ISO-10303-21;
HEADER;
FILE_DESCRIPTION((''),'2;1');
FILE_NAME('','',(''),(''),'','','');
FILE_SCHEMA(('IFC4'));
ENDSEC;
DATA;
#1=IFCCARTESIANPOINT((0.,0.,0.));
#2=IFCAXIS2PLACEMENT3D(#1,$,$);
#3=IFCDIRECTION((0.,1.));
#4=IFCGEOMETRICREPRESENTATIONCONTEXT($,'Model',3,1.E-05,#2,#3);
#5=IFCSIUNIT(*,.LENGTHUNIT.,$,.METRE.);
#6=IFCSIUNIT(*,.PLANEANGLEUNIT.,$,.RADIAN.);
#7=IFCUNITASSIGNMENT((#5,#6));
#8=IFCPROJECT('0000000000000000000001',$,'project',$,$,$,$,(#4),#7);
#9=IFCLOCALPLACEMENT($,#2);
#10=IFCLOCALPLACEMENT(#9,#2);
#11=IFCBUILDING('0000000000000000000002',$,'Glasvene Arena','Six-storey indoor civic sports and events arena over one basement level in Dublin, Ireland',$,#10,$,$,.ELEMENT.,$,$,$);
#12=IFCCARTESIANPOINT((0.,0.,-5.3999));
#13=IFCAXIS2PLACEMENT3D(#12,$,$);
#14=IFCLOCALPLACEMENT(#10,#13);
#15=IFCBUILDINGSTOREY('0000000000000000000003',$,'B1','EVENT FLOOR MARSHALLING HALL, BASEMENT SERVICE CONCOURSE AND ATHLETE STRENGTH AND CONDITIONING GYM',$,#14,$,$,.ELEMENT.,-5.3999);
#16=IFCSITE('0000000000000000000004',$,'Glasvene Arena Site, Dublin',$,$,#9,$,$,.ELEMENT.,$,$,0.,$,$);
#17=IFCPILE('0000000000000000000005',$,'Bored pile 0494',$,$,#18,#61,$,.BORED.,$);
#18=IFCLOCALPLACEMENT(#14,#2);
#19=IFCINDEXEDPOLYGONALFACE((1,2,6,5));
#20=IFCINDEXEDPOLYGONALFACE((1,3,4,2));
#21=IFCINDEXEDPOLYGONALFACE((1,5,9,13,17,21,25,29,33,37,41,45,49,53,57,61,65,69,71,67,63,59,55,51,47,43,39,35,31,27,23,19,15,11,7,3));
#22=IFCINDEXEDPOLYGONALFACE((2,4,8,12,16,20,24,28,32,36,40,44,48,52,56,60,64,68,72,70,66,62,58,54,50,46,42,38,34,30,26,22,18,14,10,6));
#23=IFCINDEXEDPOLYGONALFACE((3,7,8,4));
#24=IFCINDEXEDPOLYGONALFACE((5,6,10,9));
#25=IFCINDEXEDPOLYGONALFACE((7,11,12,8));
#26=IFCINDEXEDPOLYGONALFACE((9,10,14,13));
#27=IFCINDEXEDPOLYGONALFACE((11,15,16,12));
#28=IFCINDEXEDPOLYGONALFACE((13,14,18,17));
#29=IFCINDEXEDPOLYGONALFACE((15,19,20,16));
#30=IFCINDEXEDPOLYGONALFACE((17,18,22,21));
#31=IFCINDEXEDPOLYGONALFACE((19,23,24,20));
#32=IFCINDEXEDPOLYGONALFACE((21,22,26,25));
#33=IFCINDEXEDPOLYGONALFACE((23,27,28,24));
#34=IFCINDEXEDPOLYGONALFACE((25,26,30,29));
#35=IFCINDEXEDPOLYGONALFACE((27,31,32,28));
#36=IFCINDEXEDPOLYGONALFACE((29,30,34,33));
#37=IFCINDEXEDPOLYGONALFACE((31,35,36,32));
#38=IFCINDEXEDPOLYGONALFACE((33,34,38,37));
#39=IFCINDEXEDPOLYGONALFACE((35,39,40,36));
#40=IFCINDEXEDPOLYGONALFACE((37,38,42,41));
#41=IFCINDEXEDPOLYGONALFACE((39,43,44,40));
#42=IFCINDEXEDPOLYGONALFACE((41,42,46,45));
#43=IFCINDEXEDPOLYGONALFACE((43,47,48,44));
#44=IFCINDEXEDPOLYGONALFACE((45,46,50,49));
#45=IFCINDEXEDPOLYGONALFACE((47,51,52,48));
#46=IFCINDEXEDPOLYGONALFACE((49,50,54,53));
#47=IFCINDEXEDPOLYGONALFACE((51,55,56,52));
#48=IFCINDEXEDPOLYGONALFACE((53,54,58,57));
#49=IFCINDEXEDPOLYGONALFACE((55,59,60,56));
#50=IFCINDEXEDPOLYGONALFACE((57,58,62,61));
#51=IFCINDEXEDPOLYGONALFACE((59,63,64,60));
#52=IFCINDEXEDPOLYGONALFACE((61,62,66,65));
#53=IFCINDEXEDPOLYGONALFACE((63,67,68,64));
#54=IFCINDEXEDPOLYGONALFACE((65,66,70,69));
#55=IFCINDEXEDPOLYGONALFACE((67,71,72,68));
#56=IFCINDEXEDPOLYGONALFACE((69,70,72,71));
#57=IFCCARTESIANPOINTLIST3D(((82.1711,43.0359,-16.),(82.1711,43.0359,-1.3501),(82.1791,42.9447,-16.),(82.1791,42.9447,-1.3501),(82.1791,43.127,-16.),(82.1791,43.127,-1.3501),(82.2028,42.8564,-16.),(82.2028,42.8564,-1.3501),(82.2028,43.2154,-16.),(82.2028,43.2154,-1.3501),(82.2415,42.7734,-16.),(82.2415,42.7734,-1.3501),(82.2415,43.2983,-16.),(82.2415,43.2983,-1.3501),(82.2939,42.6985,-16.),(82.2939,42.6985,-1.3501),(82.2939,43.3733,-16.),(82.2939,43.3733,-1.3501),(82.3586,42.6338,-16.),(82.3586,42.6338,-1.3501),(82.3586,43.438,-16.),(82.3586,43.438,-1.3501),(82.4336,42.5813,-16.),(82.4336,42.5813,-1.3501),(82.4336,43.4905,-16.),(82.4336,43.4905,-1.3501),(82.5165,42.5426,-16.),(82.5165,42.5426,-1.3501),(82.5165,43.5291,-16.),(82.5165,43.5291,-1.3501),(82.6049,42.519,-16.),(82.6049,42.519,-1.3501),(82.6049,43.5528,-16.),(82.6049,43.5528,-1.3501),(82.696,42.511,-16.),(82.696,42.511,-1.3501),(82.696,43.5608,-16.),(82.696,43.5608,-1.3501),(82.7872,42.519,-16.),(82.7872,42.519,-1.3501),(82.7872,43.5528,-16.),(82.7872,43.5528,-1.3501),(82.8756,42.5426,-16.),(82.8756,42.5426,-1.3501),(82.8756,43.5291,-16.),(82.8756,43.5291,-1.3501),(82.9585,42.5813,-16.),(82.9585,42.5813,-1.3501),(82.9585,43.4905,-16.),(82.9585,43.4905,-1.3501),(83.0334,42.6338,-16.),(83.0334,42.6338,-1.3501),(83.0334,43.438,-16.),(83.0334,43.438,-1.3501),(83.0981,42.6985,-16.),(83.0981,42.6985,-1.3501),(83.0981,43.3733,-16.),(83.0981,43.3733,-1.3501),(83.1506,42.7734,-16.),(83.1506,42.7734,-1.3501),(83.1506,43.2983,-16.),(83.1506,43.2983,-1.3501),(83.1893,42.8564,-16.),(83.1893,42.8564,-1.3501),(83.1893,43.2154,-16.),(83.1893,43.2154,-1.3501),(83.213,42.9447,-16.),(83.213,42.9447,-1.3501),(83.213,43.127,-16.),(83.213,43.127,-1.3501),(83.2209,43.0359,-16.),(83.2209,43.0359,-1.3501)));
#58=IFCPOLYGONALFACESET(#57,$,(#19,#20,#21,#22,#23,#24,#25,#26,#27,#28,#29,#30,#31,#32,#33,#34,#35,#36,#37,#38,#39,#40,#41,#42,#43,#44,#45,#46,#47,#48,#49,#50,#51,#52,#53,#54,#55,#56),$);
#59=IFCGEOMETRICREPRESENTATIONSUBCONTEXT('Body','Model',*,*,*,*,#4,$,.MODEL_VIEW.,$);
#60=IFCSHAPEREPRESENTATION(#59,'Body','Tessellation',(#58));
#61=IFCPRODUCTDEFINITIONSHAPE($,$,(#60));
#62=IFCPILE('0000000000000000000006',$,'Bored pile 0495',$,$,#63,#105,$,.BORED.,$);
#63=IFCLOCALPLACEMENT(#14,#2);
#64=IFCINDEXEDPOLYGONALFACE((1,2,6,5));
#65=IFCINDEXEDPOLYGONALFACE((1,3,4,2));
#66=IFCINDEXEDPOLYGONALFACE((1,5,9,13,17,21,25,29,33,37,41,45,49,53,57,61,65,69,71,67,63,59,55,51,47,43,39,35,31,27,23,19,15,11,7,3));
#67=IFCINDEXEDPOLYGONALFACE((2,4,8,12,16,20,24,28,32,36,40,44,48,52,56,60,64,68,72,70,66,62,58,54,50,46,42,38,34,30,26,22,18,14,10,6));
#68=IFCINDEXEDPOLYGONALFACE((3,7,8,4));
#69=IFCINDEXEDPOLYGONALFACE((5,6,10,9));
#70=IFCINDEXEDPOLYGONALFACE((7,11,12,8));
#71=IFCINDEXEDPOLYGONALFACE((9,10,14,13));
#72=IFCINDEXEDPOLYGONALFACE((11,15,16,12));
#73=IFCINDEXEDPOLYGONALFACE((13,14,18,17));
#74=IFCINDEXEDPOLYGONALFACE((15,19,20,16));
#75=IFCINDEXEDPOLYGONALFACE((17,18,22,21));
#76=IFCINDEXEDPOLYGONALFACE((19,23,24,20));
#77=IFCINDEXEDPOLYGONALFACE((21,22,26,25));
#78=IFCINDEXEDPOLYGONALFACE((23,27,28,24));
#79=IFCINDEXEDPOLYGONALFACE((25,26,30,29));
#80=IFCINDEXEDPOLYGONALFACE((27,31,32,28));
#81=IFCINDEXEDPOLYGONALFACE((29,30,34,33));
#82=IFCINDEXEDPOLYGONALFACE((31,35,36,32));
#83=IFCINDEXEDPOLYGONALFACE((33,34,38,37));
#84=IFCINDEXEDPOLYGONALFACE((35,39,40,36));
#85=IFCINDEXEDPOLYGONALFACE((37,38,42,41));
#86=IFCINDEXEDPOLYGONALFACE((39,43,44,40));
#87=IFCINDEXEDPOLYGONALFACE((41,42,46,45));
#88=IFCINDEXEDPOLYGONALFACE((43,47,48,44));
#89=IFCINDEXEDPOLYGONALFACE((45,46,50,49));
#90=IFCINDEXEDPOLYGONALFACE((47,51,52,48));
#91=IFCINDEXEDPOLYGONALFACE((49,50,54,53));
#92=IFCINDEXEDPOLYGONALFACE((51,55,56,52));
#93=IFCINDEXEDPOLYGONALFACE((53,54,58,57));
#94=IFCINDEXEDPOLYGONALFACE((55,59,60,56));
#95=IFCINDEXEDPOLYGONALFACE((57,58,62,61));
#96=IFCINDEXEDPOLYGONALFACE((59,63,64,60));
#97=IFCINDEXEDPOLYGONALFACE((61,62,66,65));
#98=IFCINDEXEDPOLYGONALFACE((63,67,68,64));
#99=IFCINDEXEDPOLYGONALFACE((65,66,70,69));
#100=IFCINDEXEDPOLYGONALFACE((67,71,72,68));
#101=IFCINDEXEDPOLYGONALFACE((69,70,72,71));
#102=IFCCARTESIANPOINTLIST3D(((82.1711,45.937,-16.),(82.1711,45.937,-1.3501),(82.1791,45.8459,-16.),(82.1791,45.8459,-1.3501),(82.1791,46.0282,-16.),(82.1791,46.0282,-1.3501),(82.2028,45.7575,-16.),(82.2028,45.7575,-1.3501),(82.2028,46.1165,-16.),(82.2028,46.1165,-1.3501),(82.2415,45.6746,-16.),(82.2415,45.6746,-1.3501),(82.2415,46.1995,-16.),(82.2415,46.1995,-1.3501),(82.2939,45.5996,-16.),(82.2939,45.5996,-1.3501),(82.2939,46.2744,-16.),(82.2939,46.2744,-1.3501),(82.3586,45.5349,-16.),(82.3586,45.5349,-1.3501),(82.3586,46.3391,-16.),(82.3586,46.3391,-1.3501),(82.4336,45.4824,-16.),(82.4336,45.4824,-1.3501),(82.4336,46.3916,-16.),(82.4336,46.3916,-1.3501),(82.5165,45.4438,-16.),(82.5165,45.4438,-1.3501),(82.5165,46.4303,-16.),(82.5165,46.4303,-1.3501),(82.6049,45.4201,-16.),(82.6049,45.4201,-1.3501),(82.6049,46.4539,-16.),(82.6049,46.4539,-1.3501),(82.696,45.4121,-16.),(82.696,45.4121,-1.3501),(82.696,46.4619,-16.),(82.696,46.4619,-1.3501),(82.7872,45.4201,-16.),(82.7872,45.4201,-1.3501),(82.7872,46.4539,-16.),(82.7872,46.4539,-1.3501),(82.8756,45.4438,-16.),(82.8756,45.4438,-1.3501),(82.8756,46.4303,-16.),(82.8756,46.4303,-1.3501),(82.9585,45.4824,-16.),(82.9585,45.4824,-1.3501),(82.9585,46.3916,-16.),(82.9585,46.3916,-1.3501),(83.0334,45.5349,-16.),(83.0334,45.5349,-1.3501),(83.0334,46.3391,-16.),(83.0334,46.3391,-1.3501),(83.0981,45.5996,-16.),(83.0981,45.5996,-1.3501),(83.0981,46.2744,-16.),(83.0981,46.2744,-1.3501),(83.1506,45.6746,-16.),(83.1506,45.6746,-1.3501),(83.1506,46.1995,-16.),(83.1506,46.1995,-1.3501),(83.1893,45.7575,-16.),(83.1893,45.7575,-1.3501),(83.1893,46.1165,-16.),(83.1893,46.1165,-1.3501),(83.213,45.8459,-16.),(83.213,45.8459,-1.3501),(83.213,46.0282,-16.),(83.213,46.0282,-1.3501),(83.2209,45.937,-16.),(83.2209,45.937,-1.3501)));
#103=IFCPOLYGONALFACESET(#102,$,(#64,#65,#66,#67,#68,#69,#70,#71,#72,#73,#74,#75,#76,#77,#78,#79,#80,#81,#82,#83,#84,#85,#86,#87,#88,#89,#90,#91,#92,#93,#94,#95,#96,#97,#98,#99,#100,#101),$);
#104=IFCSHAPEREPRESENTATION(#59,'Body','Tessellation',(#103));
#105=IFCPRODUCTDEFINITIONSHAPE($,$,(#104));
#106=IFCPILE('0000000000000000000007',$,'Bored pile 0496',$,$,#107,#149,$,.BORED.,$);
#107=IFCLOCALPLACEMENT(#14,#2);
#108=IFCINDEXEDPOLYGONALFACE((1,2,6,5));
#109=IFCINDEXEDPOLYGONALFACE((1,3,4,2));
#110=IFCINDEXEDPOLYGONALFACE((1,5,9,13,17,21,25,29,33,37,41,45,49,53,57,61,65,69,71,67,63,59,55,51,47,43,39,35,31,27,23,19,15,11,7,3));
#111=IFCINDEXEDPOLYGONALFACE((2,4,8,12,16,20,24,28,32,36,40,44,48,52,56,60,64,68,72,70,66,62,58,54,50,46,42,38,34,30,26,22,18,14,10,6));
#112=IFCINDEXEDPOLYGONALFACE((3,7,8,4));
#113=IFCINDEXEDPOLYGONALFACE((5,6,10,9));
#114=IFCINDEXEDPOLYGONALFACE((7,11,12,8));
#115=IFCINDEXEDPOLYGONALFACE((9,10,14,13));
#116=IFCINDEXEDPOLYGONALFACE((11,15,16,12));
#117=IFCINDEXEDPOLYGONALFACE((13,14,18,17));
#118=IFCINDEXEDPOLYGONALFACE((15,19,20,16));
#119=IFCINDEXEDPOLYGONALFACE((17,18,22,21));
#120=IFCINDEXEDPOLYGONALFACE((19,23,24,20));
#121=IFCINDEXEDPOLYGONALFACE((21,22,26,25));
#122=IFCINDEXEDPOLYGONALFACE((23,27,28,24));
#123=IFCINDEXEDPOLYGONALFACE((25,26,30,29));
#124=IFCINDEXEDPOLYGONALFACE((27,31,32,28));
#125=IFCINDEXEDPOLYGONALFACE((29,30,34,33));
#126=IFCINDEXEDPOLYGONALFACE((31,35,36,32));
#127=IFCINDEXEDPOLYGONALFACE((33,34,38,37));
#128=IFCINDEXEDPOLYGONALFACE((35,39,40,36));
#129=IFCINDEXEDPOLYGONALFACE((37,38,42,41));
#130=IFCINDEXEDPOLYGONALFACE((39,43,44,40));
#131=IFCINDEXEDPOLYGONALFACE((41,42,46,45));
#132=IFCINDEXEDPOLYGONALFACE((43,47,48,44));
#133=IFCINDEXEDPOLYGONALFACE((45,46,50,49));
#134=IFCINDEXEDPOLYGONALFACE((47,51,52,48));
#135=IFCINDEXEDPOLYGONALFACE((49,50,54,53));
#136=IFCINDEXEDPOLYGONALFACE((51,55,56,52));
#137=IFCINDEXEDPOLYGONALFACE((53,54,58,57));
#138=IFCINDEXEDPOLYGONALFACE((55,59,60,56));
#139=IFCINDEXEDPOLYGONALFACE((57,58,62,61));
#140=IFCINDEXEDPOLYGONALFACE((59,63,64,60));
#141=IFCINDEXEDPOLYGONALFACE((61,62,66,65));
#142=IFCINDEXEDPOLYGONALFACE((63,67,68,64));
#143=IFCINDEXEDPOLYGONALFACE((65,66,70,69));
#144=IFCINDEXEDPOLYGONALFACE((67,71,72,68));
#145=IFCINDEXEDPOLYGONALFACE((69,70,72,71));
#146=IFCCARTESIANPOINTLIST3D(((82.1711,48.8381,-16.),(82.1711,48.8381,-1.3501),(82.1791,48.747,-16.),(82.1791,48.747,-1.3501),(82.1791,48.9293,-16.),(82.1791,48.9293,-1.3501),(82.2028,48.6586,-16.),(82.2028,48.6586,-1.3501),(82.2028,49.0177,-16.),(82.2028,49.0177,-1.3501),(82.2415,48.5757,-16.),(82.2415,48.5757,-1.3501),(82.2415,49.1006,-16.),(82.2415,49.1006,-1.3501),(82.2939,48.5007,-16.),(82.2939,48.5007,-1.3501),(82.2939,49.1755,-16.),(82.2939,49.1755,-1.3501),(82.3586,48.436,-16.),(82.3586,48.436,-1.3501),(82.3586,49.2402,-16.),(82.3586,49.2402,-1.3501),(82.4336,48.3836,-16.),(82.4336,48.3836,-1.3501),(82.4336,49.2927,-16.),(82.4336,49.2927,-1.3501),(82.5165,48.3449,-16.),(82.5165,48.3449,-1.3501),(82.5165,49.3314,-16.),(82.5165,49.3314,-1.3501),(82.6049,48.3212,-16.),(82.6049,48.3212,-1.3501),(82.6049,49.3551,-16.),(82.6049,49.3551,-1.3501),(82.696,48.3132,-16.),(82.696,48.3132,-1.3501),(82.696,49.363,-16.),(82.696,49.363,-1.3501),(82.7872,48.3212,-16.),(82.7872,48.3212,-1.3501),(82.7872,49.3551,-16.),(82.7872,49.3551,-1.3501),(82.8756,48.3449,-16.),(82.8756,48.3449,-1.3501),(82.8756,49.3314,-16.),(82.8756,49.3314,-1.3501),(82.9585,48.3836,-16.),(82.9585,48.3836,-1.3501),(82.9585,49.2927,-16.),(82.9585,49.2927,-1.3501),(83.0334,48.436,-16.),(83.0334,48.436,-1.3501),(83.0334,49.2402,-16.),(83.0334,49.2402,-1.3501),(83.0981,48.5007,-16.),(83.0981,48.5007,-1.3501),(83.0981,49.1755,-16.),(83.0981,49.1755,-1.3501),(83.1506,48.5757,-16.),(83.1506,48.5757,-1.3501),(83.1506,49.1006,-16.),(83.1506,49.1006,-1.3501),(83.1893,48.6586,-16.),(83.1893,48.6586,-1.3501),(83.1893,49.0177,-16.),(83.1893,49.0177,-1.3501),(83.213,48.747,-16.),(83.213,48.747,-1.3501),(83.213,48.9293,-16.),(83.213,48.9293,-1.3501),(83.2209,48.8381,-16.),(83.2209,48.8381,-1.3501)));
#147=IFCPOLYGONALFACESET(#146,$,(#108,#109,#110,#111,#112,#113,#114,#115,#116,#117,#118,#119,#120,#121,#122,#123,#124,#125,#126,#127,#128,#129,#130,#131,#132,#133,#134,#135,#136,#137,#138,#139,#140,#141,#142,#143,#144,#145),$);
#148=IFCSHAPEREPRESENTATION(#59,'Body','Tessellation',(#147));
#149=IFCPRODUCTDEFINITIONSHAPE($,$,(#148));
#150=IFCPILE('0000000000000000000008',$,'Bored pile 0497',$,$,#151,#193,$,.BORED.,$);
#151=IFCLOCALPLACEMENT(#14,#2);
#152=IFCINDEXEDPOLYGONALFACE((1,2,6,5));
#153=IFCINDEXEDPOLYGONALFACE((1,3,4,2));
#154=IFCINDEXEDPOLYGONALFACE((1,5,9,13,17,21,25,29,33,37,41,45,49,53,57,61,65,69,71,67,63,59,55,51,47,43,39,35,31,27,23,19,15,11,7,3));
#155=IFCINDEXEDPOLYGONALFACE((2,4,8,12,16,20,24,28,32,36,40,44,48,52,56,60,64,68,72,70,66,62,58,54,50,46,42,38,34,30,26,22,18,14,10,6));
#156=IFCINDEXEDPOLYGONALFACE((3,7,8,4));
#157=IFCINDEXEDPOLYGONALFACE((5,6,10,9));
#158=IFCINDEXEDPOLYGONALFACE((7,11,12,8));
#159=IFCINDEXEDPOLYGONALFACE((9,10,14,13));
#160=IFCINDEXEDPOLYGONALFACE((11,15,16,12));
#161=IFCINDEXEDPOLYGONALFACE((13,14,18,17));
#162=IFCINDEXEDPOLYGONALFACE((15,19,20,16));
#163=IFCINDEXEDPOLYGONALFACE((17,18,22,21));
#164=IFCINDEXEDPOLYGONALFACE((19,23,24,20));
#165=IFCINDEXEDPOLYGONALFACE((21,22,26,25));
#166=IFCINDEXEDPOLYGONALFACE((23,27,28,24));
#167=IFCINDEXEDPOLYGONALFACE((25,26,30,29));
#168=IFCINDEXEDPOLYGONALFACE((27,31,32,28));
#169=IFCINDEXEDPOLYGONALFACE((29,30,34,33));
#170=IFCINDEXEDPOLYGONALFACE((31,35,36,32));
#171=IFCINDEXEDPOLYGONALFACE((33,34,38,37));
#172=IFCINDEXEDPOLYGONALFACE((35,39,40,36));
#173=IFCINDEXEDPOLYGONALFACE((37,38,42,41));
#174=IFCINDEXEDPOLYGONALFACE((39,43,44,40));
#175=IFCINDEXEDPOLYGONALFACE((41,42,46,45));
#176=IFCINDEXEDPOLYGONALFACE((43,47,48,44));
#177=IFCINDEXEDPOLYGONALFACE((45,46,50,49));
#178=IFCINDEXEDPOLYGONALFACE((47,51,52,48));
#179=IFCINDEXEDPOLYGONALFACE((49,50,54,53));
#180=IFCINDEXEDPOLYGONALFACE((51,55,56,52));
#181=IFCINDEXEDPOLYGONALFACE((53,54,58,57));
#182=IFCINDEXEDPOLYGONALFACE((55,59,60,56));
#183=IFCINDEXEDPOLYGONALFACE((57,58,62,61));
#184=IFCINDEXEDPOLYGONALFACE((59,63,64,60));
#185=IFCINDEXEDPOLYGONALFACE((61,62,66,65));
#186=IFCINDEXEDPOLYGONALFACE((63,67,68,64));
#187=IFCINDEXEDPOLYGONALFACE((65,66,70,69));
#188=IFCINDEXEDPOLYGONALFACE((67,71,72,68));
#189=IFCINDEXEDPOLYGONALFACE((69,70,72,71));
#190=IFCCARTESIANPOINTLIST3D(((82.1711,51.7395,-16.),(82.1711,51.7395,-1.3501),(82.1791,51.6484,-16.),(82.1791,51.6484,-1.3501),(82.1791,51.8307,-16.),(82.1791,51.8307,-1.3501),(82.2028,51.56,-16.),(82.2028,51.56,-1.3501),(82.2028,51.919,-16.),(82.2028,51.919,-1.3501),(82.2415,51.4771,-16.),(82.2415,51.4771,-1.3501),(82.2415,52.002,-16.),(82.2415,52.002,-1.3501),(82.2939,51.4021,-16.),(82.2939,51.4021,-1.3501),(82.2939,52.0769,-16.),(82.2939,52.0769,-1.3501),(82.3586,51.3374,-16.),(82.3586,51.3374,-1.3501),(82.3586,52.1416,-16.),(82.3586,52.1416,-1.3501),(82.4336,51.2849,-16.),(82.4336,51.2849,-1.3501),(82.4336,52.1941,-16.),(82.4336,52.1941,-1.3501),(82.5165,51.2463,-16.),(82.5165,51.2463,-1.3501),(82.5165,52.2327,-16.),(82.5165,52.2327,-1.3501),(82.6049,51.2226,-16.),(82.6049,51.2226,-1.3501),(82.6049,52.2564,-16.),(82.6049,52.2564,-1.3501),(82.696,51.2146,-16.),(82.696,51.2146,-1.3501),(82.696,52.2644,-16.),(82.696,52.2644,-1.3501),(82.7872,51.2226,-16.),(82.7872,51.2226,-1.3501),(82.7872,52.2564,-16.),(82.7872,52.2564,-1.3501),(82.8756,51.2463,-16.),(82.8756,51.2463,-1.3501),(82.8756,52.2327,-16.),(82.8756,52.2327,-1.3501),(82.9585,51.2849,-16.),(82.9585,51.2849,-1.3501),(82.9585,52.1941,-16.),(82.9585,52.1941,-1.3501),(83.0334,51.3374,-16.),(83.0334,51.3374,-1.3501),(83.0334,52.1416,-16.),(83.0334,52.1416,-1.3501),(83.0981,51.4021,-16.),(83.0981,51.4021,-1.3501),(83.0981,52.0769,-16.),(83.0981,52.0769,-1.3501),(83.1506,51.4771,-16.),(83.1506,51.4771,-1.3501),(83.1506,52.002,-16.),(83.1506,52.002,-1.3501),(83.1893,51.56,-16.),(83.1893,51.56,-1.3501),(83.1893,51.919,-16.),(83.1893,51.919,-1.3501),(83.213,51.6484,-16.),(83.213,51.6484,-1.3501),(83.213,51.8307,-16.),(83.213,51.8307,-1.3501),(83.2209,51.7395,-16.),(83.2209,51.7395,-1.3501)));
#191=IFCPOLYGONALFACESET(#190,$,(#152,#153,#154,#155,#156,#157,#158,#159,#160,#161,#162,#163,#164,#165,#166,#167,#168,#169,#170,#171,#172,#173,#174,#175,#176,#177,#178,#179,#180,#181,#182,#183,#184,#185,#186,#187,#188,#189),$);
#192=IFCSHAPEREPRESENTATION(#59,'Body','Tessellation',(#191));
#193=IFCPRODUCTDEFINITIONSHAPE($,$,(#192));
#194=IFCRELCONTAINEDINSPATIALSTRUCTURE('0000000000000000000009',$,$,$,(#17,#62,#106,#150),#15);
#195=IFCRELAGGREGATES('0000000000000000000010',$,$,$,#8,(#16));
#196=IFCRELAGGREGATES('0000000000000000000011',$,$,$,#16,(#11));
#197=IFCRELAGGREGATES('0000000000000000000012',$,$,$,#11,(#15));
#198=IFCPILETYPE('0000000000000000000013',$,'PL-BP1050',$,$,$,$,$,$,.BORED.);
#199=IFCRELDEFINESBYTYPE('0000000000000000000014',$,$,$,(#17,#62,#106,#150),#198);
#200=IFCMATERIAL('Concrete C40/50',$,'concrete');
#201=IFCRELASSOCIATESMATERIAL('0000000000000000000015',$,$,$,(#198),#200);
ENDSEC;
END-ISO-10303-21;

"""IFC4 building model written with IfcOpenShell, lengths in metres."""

from ifc_helpers import new_model, si_unit, direction, frame, origin, origin_2d, place, context, subcontext, project, spatial, circle, extrude, material, material_profile, profile_set, type_object, element, save


model = new_model("IFC4")

# Units and contexts
model_context = context("Model", 3, precision=1e-05, world=origin(), true_north=direction((0.0, 1.0)))
body_context = subcontext(model_context, "Body", "Model", "MODEL_VIEW")
ifc_project = project(units=[si_unit("LENGTHUNIT", "METRE"), si_unit("PLANEANGLEUNIT", "RADIAN")], contexts=[model_context])

# Site, building, storey
site_placement = place(None, origin())
site = spatial("IfcSite", under=ifc_project, at=site_placement, Name="Glasvene Arena Site, Dublin", CompositionType="ELEMENT", RefElevation=0.0)
building_placement = place(site_placement, origin())
building = spatial("IfcBuilding", under=site, at=building_placement, Name="Glasvene Arena", Description="Six-storey indoor civic sports and events arena over one basement level in Dublin, Ireland", CompositionType="ELEMENT")
storey_placement = place(building_placement, frame((0.0, 0.0, -5.3999)))
storey = spatial("IfcBuildingStorey", under=building, at=storey_placement, Name="B1", Description="EVENT FLOOR MARSHALLING HALL, BASEMENT SERVICE CONCOURSE AND ATHLETE STRENGTH AND CONDITIONING GYM", CompositionType="ELEMENT", Elevation=-5.3999)

# Piles
ifc_material_1 = material(Name="Concrete C40/50", Category="concrete")
ifc_material_profile_1 = material_profile(ifc_material_1, circle(Radius=0.5249, at=origin_2d()), Name="BORED PILE 1050")
ifc_profile_set_1 = profile_set([ifc_material_profile_1], Name="Concrete C40/50")
pile_type = type_object("IfcPileType", Name="PL-BP1050", PredefinedType="BORED", material=ifc_profile_set_1)
for number, where, z_axis, x_axis, name in (
    (1, (82.696, 43.0359, -1.3501), (0.0, 0.0, -1.0), (1.0, 0.0, 0.0), "Bored pile 0494"),
    (2, (82.696, 45.937, -1.3501), (0.0, 0.0, -1.0), (1.0, 0.0, 0.0), "Bored pile 0495"),
    (3, (82.696, 48.8381, -1.3501), (0.0, 0.0, -1.0), (1.0, 0.0, 0.0), "Bored pile 0496"),
    (4, (82.696, 51.7395, -1.3501), (0.0, 0.0, -1.0), (1.0, 0.0, 0.0), "Bored pile 0497"),
):
    element("IfcPile", number, at=place(storey_placement, frame(where, z_axis=z_axis, x_axis=x_axis)), inside=storey, type_object=pile_type, Name=name, PredefinedType="BORED", context=body_context, shape_type="SweptSolid", body=[
        extrude(circle(Radius=0.5249, at=origin_2d()), origin(), (0.0, 0.0, 1.0), 14.6499),
    ])

save(model, "model.ifc")
